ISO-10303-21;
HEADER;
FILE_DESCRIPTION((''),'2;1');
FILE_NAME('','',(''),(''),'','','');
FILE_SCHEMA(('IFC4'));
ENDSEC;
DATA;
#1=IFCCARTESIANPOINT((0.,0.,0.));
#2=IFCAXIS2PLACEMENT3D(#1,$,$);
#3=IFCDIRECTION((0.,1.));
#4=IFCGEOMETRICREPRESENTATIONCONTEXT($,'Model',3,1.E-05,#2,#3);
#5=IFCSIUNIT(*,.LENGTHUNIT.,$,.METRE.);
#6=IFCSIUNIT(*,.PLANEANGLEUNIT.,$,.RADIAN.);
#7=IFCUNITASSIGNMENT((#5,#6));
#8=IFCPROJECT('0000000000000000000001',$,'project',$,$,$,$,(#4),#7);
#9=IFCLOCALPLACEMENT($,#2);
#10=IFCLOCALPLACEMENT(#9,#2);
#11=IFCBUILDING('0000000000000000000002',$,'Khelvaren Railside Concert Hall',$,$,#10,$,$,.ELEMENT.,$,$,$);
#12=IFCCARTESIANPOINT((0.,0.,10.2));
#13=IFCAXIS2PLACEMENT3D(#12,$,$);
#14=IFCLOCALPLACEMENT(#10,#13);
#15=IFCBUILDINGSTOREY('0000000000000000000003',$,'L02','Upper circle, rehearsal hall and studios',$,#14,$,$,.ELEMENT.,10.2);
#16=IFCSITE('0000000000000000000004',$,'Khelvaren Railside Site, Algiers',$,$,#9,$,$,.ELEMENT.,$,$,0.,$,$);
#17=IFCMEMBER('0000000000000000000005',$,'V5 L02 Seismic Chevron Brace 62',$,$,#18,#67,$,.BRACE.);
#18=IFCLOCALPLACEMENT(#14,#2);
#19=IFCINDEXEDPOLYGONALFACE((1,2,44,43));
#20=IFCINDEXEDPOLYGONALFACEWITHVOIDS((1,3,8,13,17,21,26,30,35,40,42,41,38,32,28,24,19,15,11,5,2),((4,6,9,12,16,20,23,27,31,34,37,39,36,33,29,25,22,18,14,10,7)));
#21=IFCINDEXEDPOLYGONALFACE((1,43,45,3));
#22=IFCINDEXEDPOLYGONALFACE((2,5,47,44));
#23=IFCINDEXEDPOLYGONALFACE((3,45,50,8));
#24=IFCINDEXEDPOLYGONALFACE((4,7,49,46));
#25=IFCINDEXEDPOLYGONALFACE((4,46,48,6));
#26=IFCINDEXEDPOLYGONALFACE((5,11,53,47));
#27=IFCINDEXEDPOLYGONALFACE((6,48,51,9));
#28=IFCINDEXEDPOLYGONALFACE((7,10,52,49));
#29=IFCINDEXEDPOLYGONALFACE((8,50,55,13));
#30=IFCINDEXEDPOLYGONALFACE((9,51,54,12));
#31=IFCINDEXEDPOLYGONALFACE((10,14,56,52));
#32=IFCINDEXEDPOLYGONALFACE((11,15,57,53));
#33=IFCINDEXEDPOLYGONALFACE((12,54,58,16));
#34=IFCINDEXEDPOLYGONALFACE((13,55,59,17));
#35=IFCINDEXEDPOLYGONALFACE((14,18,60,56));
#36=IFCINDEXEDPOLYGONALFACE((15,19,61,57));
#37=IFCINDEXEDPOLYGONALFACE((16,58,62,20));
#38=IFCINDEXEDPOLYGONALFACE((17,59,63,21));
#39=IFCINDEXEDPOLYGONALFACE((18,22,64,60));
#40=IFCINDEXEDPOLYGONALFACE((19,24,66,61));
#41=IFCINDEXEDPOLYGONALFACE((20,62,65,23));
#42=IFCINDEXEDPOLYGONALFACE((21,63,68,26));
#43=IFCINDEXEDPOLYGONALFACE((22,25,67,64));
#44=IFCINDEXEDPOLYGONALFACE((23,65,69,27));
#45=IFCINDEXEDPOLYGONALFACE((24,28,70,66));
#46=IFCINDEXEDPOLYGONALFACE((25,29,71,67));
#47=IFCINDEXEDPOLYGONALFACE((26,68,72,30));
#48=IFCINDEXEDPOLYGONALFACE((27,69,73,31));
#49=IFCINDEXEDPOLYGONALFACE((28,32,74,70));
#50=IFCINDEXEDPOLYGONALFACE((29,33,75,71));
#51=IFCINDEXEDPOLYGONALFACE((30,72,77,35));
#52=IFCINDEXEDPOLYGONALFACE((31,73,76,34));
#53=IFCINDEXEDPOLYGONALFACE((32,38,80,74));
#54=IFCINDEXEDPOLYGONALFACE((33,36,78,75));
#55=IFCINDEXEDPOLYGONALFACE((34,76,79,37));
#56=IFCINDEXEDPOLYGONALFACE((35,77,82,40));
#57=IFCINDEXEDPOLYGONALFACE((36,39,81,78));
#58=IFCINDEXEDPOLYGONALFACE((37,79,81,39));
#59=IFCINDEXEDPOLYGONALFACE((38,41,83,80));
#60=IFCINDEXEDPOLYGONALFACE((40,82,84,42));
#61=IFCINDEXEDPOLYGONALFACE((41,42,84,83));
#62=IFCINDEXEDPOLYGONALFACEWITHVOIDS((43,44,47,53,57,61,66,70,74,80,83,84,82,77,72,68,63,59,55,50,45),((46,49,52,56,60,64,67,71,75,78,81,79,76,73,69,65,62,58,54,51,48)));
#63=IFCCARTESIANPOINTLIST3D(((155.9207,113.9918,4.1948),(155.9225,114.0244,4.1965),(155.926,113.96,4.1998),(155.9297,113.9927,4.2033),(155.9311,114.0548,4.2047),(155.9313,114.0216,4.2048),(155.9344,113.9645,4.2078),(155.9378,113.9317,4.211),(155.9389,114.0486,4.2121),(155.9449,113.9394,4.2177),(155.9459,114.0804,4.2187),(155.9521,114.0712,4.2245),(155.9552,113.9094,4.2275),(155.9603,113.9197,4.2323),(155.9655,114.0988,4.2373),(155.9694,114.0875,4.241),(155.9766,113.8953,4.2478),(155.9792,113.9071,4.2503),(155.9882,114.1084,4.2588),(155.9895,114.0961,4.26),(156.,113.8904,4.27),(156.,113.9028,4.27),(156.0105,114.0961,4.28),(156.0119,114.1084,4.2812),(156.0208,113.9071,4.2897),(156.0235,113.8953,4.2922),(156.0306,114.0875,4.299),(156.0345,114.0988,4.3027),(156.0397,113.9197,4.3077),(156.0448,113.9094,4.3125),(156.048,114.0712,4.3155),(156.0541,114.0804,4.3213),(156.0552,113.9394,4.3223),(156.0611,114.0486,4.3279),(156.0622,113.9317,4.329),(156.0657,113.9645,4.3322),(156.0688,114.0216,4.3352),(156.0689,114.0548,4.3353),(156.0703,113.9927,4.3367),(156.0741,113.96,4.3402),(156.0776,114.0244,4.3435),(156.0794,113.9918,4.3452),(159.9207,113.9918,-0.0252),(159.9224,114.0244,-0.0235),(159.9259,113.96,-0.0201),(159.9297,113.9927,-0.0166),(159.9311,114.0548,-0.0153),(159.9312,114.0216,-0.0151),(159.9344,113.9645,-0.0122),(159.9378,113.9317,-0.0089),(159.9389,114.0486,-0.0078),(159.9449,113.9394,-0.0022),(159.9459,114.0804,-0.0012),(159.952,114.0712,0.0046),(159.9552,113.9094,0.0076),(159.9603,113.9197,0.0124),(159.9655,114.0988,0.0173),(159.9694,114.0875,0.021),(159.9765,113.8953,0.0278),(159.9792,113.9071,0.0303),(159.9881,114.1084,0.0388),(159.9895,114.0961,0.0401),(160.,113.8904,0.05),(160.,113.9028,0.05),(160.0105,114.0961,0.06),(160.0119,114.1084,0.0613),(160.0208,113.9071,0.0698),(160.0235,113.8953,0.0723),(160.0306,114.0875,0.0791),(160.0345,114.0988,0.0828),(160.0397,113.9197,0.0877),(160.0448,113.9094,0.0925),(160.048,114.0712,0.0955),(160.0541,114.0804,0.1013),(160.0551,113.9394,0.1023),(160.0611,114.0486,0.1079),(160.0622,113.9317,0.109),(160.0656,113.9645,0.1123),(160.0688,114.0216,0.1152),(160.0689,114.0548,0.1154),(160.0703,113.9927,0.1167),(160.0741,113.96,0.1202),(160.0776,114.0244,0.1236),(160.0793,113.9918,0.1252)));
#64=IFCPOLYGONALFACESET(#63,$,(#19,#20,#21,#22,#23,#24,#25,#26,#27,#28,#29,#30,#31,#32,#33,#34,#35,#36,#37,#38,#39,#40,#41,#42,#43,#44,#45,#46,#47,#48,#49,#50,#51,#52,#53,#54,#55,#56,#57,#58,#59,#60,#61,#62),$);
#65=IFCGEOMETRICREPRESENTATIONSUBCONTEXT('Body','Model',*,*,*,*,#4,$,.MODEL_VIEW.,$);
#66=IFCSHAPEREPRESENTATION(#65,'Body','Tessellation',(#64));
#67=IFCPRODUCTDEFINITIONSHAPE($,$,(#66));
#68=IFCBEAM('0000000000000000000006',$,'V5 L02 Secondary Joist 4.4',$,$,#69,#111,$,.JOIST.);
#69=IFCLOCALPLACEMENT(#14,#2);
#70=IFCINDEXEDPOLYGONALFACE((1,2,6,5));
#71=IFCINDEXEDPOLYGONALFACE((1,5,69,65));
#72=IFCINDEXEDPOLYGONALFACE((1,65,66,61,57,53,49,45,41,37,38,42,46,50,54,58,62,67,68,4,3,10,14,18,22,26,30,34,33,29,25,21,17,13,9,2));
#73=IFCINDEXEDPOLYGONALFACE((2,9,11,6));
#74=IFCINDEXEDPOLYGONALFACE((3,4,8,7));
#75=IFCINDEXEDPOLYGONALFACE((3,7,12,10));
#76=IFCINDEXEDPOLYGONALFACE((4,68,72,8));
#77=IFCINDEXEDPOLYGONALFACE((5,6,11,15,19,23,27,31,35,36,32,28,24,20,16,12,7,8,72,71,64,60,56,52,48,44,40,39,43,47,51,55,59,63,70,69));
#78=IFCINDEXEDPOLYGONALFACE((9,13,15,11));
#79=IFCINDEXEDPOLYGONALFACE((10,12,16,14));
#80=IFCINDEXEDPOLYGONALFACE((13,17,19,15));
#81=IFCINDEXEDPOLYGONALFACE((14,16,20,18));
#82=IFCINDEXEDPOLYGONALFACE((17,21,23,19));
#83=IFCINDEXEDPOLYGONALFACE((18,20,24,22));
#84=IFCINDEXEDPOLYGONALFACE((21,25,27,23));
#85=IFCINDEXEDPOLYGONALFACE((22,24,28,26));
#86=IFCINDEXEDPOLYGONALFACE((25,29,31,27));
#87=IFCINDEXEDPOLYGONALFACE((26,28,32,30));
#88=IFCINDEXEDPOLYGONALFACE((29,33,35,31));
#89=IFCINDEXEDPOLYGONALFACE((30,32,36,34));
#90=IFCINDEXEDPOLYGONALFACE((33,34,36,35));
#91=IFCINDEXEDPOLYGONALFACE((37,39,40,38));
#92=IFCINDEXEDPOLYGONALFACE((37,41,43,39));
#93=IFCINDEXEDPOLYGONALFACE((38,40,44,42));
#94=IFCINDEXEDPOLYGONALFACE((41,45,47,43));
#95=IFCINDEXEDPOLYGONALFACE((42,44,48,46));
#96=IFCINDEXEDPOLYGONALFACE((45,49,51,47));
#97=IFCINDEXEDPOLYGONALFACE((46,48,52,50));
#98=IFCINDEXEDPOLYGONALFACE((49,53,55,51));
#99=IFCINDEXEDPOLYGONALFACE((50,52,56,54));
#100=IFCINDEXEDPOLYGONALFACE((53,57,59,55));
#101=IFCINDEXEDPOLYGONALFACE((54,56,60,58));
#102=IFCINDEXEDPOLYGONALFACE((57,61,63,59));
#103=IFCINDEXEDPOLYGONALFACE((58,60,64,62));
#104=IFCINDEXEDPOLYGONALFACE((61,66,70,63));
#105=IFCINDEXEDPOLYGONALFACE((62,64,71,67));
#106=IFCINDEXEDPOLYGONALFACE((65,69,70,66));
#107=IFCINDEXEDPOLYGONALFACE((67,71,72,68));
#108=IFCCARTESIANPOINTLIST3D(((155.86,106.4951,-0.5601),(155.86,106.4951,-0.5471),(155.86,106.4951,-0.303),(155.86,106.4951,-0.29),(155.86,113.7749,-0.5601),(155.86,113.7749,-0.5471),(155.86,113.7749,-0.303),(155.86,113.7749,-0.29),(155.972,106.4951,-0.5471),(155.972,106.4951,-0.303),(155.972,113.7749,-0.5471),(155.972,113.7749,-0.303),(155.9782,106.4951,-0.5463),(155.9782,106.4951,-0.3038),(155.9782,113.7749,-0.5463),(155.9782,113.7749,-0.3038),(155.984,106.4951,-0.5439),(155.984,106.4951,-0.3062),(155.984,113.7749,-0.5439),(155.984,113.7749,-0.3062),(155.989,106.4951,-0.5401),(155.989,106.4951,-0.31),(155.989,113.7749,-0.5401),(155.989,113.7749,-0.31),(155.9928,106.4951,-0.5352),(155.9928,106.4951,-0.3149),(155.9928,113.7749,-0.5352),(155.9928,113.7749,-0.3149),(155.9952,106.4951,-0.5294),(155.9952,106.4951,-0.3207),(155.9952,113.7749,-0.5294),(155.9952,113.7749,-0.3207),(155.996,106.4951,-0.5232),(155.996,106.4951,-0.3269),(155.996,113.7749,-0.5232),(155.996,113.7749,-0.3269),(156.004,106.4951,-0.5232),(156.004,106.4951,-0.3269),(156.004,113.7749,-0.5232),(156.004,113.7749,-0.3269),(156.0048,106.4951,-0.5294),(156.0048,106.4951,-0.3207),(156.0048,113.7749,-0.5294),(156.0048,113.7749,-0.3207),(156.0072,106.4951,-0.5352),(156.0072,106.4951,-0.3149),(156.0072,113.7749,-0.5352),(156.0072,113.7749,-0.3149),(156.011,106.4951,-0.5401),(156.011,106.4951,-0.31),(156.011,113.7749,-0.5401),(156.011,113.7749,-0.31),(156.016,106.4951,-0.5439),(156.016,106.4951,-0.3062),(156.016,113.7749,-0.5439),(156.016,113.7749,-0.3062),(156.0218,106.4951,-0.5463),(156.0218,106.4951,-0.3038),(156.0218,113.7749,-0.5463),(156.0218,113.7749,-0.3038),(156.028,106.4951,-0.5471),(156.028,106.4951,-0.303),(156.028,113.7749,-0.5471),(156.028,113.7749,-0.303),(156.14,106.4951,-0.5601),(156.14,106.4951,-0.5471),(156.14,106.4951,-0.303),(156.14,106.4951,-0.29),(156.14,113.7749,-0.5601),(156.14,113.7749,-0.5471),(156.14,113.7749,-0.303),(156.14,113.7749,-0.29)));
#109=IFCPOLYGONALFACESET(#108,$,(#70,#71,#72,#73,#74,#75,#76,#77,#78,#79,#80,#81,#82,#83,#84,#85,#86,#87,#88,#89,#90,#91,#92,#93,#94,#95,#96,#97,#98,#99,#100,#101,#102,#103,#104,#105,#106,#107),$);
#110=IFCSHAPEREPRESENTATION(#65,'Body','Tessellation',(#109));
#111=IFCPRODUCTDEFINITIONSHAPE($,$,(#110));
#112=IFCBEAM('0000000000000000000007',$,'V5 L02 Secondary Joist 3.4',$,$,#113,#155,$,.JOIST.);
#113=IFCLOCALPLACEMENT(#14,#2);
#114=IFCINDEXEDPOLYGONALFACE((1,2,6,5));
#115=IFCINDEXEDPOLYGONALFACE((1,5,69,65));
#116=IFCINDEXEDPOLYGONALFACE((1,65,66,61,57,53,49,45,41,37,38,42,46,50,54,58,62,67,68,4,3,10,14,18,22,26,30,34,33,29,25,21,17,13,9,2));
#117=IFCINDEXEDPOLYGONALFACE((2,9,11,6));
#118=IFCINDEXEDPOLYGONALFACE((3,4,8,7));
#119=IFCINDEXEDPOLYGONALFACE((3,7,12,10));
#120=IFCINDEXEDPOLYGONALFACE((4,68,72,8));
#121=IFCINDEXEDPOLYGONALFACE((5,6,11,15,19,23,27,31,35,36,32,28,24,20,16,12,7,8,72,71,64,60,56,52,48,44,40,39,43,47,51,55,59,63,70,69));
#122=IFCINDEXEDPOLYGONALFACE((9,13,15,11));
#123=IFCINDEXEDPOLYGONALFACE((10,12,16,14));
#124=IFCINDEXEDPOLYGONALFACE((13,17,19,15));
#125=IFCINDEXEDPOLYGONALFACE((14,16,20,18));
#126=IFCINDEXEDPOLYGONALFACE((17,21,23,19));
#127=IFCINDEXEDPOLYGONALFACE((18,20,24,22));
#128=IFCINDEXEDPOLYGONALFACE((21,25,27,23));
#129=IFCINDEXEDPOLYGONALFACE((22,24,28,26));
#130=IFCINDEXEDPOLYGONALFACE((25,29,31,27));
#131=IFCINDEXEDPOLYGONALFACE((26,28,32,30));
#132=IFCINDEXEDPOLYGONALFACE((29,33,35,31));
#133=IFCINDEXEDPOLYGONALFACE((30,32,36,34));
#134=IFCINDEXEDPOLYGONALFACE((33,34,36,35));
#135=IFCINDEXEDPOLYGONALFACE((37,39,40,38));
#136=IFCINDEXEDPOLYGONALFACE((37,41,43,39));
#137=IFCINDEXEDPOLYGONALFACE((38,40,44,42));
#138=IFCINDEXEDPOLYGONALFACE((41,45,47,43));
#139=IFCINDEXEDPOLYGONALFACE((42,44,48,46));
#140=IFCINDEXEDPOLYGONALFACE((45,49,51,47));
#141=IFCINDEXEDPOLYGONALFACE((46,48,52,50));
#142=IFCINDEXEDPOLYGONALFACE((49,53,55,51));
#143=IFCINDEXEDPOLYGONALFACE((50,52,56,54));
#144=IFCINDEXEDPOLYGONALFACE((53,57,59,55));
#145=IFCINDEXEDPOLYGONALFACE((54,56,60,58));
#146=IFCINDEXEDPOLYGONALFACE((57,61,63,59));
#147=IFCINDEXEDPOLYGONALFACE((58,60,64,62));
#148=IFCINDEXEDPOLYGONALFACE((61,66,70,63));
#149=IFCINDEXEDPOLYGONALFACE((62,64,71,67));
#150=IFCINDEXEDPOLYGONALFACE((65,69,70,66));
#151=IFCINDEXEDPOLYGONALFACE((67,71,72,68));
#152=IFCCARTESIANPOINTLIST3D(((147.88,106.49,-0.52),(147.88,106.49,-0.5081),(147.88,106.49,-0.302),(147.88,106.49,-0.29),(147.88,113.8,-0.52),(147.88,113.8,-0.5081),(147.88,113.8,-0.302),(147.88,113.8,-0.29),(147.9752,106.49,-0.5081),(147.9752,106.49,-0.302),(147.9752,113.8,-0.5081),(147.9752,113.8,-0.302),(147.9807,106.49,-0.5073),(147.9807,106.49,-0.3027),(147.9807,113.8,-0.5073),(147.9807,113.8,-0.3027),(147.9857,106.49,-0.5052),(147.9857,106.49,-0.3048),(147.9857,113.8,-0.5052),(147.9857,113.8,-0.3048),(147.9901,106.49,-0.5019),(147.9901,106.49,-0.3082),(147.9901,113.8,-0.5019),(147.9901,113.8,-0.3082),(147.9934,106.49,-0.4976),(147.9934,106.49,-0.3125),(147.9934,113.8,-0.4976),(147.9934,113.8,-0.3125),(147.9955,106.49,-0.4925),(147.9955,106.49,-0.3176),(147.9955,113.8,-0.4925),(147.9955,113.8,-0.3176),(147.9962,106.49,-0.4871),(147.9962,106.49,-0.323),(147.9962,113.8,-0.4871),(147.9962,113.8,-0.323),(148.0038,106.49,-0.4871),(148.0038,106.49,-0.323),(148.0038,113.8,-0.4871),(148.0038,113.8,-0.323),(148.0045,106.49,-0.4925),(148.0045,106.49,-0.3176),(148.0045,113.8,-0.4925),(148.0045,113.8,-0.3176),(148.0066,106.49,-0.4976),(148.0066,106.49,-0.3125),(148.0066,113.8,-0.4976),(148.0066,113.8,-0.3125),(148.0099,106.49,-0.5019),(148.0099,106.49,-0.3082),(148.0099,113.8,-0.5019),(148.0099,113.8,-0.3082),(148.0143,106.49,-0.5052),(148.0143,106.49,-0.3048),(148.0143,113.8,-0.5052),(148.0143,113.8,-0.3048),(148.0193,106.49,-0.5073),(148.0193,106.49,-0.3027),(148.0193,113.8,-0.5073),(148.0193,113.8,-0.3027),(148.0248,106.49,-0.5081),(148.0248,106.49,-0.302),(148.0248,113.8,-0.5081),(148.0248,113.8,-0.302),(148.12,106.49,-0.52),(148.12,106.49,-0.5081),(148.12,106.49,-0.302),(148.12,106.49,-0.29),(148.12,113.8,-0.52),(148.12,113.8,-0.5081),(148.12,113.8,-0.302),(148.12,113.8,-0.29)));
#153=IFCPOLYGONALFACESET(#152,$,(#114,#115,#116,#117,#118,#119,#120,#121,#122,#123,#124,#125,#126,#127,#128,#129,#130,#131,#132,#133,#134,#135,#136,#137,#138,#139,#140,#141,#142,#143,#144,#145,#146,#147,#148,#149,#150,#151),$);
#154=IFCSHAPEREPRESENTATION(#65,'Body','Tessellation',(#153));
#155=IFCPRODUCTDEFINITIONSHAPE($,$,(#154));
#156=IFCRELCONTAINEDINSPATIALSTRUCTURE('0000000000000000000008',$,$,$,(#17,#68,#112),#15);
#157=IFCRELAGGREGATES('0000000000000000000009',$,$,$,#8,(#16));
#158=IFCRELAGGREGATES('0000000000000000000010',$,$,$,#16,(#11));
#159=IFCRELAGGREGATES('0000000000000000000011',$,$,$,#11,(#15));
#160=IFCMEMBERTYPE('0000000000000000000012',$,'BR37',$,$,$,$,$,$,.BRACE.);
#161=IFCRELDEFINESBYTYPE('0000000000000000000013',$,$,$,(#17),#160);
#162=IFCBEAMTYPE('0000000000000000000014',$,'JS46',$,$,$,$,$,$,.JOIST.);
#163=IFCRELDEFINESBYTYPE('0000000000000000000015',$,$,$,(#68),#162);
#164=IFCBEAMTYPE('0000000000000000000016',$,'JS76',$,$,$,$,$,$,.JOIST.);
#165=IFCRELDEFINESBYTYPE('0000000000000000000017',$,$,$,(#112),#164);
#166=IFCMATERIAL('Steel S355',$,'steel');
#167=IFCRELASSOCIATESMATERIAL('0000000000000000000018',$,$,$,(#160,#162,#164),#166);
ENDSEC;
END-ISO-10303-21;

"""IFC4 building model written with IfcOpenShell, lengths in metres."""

from ifc_helpers import new_model, si_unit, direction, frame, origin, origin_2d, place, context, subcontext, project, spatial, hollow_circle, i_section, extrude, material, material_profile, profile_set, type_object, element, save


model = new_model("IFC4")

# Units and contexts
model_context = context("Model", 3, precision=1e-05, world=origin(), true_north=direction((0.0, 1.0)))
body_context = subcontext(model_context, "Body", "Model", "MODEL_VIEW")
ifc_project = project(units=[si_unit("LENGTHUNIT", "METRE"), si_unit("PLANEANGLEUNIT", "RADIAN")], contexts=[model_context])

# Site, building, storey
site_placement = place(None, origin())
site = spatial("IfcSite", under=ifc_project, at=site_placement, Name="Khelvaren Railside Site, Algiers", CompositionType="ELEMENT", RefElevation=0.0)
building_placement = place(site_placement, origin())
building = spatial("IfcBuilding", under=site, at=building_placement, Name="Khelvaren Railside Concert Hall", CompositionType="ELEMENT")
storey_placement = place(building_placement, frame((0.0, 0.0, 10.2)))
storey = spatial("IfcBuildingStorey", under=building, at=storey_placement, Name="L02", Description="Upper circle, rehearsal hall and studios", CompositionType="ELEMENT", Elevation=10.2)

# Shared definitions
ifc_material_1 = material(Name="Steel S355", Category="steel")

# Member
ifc_material_profile_1 = material_profile(ifc_material_1, hollow_circle(Radius=0.1096, WallThickness=0.0125, at=origin_2d()), Name="CHS 219.1x12.5")
ifc_profile_set_1 = profile_set([ifc_material_profile_1], Name="Steel S355")
member_type = type_object("IfcMemberType", Name="BR37", PredefinedType="BRACE", material=ifc_profile_set_1)
for number, where, z_axis, x_axis, name in (
    (1, (160.0, 114.0, 0.05), (-0.687938, 0.0, 0.72577), (0.0, -1.0, 0.0), "V5 L02 Seismic Chevron Brace 62"),
):
    element("IfcMember", number, at=place(storey_placement, frame(where, z_axis=z_axis, x_axis=x_axis)), inside=storey, type_object=member_type, Name=name, PredefinedType="BRACE", context=body_context, shape_type="SweptSolid", body=[
        extrude(hollow_circle(Radius=0.1096, WallThickness=0.0125, at=origin_2d()), origin(), (0.0, 0.0, 1.0), 5.8145),
    ])

# Beams
ifc_material_profile_2 = material_profile(ifc_material_1, i_section(OverallWidth=0.28, OverallDepth=0.27, WebThickness=0.0081, FlangeThickness=0.0129, FilletRadius=0.0239, at=origin_2d()), Name="HEA 280")
ifc_profile_set_2 = profile_set([ifc_material_profile_2], Name="Steel S355")
beam_type_1 = type_object("IfcBeamType", Name="JS46", PredefinedType="JOIST", material=ifc_profile_set_2)
beam_1_placement = place(storey_placement, frame((156.0, 106.4951, -0.425), z_axis=(0.0, 1.0, 0.0), x_axis=(-1.0, 0.0, 0.0)))
element("IfcBeam", 2, at=beam_1_placement, inside=storey, type_object=beam_type_1, Name="V5 L02 Secondary Joist 4.4", PredefinedType="JOIST", context=body_context, shape_type="SweptSolid", body=[
    extrude(i_section(OverallWidth=0.28, OverallDepth=0.27, WebThickness=0.0081, FlangeThickness=0.0129, FilletRadius=0.0239, at=origin_2d()), origin(), (0.0, 0.0, 1.0), 7.2798),
])
ifc_material_profile_3 = material_profile(ifc_material_1, i_section(OverallWidth=0.24, OverallDepth=0.23, WebThickness=0.0076, FlangeThickness=0.012, FilletRadius=0.021, at=origin_2d()), Name="HEA 240")
ifc_profile_set_3 = profile_set([ifc_material_profile_3], Name="Steel S355")
beam_type_2 = type_object("IfcBeamType", Name="JS76", PredefinedType="JOIST", material=ifc_profile_set_3)
beam_2_placement = place(storey_placement, frame((148.0, 106.49, -0.405), z_axis=(0.0, 1.0, 0.0), x_axis=(-1.0, 0.0, 0.0)))
element("IfcBeam", 3, at=beam_2_placement, inside=storey, type_object=beam_type_2, Name="V5 L02 Secondary Joist 3.4", PredefinedType="JOIST", context=body_context, shape_type="SweptSolid", body=[
    extrude(i_section(OverallWidth=0.24, OverallDepth=0.23, WebThickness=0.0076, FlangeThickness=0.012, FilletRadius=0.021, at=origin_2d()), origin(), (0.0, 0.0, 1.0), 7.3101),
])

save(model, "model.ifc")
